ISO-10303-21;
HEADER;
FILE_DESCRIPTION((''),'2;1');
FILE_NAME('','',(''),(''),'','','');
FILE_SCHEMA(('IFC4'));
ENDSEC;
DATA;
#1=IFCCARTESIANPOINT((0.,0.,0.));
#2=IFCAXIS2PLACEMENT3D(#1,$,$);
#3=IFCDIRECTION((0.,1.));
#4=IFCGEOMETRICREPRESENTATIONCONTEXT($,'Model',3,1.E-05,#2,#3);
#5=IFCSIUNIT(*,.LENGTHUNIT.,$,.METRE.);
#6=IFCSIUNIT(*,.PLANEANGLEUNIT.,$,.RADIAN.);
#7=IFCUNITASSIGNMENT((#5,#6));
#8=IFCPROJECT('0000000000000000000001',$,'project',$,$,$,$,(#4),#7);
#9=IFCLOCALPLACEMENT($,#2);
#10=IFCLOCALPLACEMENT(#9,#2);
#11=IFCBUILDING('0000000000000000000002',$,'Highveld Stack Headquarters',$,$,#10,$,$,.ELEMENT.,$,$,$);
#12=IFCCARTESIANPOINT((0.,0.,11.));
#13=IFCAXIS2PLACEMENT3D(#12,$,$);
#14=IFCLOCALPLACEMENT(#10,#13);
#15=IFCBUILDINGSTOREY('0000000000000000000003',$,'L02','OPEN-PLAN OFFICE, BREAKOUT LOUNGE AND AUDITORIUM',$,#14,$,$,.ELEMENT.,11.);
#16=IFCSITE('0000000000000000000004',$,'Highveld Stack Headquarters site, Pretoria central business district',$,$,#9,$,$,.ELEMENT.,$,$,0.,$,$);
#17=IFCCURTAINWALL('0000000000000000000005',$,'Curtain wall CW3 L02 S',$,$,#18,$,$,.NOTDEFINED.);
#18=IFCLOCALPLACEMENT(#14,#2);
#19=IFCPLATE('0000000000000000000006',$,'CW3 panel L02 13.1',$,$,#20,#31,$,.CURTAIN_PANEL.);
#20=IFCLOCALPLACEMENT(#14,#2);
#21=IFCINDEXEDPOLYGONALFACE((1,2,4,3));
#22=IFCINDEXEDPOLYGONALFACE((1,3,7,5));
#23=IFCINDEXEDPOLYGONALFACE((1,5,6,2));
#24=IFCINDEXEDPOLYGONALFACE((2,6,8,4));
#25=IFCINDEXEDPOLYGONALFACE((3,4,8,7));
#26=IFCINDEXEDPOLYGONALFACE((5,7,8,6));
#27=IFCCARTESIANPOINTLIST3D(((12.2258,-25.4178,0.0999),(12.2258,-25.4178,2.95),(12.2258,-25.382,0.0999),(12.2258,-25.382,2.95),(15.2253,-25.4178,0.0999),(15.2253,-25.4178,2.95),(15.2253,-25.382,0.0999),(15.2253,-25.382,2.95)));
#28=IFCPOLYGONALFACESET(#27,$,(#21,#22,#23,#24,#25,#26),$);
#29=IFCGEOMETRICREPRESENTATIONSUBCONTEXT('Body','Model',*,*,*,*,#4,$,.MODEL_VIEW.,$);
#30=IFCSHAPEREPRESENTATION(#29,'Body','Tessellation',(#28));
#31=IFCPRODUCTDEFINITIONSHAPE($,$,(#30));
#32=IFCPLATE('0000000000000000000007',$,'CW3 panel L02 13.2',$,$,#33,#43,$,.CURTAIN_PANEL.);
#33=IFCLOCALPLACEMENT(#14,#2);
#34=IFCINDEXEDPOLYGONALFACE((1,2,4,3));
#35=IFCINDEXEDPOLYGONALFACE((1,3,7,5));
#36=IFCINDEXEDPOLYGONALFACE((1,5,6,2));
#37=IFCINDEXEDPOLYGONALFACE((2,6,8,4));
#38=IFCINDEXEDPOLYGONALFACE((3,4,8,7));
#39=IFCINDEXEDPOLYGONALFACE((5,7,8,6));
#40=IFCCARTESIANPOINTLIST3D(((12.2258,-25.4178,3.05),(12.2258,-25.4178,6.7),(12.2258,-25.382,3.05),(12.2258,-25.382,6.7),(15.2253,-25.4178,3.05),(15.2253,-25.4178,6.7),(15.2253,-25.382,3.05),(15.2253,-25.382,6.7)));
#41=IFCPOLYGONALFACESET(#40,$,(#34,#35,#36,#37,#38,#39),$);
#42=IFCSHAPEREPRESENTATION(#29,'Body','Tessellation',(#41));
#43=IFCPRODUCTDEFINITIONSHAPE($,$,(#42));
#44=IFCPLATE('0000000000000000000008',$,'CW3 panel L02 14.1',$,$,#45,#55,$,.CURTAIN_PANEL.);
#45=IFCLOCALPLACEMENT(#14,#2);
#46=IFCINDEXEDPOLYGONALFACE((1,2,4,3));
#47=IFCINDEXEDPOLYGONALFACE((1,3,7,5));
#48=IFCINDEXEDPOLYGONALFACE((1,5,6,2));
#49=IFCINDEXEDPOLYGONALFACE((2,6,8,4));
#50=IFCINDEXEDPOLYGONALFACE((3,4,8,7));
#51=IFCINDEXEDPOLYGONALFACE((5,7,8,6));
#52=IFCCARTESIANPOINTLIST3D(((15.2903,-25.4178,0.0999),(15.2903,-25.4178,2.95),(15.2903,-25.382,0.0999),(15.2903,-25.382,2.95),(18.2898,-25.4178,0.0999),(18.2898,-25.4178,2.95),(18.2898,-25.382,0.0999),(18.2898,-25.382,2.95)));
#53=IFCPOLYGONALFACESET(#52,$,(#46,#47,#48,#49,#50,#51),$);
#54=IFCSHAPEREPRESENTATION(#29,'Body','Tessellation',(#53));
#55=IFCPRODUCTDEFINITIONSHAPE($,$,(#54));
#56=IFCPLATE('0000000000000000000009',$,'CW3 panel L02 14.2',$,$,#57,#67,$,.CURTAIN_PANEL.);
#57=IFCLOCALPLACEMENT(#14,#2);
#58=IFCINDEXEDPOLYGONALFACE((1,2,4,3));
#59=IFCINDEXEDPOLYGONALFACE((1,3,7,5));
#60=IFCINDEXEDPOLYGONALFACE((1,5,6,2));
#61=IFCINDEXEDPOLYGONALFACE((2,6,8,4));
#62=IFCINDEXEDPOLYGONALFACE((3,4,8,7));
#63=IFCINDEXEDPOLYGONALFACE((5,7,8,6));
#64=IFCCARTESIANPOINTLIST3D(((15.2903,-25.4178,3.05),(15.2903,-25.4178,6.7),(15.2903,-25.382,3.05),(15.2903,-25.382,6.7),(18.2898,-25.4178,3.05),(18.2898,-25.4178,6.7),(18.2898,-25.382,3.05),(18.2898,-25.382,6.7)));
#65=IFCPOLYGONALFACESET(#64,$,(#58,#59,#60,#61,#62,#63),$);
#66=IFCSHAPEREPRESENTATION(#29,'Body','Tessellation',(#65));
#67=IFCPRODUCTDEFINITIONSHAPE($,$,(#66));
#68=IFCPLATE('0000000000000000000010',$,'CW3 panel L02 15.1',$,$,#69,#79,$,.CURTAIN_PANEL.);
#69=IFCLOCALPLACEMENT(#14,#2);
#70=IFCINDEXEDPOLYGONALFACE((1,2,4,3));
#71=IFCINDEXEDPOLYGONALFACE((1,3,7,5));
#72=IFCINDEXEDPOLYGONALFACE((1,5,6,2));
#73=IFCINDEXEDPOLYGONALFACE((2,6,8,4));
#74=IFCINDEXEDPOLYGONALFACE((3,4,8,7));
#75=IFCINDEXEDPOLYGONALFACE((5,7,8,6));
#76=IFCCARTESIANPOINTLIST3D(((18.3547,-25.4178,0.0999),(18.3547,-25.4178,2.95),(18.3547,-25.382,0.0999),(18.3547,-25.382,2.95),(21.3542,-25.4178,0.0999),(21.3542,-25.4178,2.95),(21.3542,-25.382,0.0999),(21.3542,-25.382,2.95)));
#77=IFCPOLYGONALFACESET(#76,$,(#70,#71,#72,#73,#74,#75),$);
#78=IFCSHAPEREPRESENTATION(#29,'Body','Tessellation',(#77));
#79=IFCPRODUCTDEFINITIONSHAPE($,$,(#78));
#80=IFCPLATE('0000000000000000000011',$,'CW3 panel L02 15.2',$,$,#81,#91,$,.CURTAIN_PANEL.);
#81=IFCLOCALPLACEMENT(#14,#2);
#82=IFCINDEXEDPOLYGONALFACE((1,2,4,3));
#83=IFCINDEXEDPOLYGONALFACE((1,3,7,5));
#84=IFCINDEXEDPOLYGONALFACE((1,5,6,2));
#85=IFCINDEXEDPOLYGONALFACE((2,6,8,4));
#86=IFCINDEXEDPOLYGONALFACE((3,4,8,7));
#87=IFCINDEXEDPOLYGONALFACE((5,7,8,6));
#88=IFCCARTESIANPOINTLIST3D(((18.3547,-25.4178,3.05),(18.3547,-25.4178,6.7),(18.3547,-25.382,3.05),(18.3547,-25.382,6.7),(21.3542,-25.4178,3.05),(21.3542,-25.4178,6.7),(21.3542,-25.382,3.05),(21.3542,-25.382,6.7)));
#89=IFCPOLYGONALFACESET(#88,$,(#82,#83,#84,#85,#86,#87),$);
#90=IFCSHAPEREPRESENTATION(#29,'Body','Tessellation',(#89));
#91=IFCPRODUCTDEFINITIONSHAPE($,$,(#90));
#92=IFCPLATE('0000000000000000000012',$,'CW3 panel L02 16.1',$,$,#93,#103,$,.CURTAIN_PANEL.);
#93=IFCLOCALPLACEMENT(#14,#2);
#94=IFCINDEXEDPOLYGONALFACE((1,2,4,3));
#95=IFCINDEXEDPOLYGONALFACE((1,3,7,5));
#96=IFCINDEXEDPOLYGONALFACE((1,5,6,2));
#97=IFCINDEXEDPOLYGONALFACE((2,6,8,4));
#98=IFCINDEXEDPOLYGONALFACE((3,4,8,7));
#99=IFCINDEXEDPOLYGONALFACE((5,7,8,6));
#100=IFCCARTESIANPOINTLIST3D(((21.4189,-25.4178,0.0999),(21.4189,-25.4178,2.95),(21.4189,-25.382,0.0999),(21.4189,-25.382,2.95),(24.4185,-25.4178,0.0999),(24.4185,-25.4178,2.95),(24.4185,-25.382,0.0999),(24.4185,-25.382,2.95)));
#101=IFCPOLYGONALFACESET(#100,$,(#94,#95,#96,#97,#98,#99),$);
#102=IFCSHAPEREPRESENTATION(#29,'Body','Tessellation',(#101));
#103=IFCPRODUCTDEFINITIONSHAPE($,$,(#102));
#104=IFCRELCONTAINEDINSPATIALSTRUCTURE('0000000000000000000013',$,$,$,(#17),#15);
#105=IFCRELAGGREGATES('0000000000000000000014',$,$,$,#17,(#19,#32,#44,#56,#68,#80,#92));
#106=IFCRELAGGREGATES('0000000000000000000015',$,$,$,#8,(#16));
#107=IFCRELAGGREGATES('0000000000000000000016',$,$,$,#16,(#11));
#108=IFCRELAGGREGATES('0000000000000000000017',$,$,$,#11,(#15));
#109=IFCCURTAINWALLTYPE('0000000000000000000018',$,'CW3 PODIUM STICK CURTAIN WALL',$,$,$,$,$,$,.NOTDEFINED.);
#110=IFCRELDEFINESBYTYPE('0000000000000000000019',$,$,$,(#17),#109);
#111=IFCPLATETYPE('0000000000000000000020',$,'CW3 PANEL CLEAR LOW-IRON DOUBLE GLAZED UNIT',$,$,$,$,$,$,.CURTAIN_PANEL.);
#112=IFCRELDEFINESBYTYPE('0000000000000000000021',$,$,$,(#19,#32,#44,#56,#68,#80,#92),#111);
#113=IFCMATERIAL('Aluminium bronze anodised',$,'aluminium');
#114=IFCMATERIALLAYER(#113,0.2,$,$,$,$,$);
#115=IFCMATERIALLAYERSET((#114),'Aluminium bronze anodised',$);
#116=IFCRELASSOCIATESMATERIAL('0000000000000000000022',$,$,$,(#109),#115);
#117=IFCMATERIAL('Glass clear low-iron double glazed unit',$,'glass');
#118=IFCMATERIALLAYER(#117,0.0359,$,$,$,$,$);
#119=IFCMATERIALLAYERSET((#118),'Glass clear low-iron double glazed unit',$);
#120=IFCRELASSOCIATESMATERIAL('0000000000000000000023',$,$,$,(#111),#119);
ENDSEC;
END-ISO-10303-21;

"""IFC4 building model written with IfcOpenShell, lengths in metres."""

from ifc_helpers import new_model, si_unit, direction, frame, origin, origin_2d, place, context, subcontext, project, spatial, rectangle, extrude, material, layer, layer_set, type_object, element, aggregate, save


model = new_model("IFC4")

# Units and contexts
model_context = context("Model", 3, precision=1e-05, world=origin(), true_north=direction((0.0, 1.0)))
body_context = subcontext(model_context, "Body", "Model", "MODEL_VIEW")
ifc_project = project(units=[si_unit("LENGTHUNIT", "METRE"), si_unit("PLANEANGLEUNIT", "RADIAN")], contexts=[model_context])

# Site, building, storey
site_placement = place(None, origin())
site = spatial("IfcSite", under=ifc_project, at=site_placement, Name="Highveld Stack Headquarters site, Pretoria central business district", CompositionType="ELEMENT", RefElevation=0.0)
building_placement = place(site_placement, origin())
building = spatial("IfcBuilding", under=site, at=building_placement, Name="Highveld Stack Headquarters", CompositionType="ELEMENT")
storey_placement = place(building_placement, frame((0.0, 0.0, 11.0)))
storey = spatial("IfcBuildingStorey", under=building, at=storey_placement, Name="L02", Description="OPEN-PLAN OFFICE, BREAKOUT LOUNGE AND AUDITORIUM", CompositionType="ELEMENT", Elevation=11.0)

# Curtain wall, plates
ifc_material_1 = material(Name="Aluminium bronze anodised", Category="aluminium")
ifc_layer_1 = layer(ifc_material_1, 0.2)
ifc_layer_set_1 = layer_set([ifc_layer_1], Name="Aluminium bronze anodised")
curtain_wall_type = type_object("IfcCurtainWallType", Name="CW3 PODIUM STICK CURTAIN WALL", PredefinedType="NOTDEFINED", material=ifc_layer_set_1)
curtain_wall_placement = place(storey_placement, origin())
curtain_wall = element("IfcCurtainWall", 1, at=curtain_wall_placement, inside=storey, type_object=curtain_wall_type, Name="Curtain wall CW3 L02 S", PredefinedType="NOTDEFINED")
ifc_material_2 = material(Name="Glass clear low-iron double glazed unit", Category="glass")
ifc_layer_2 = layer(ifc_material_2, 0.0359)
ifc_layer_set_2 = layer_set([ifc_layer_2], Name="Glass clear low-iron double glazed unit")
plate_type = type_object("IfcPlateType", Name="CW3 PANEL CLEAR LOW-IRON DOUBLE GLAZED UNIT", PredefinedType="CURTAIN_PANEL", material=ifc_layer_set_2)
plate_1_placement = place(storey_placement, frame((13.7256, -25.3999, 0.0999), z_axis=(0.0, 0.0, 1.0), x_axis=(1.0, 0.0, 0.0)))
plate_1 = element("IfcPlate", 2, at=plate_1_placement, type_object=plate_type, Name="CW3 panel L02 13.1", PredefinedType="CURTAIN_PANEL", context=body_context, shape_type="SweptSolid", body=[
    extrude(rectangle(XDim=2.9995, YDim=0.0359, at=origin_2d()), origin(), (0.0, 0.0, 1.0), 2.8501),
])
plate_2_placement = place(storey_placement, frame((13.7256, -25.3999, 3.05), z_axis=(0.0, 0.0, 1.0), x_axis=(1.0, 0.0, 0.0)))
plate_2 = element("IfcPlate", 3, at=plate_2_placement, type_object=plate_type, Name="CW3 panel L02 13.2", PredefinedType="CURTAIN_PANEL", context=body_context, shape_type="SweptSolid", body=[
    extrude(rectangle(XDim=2.9995, YDim=0.0359, at=origin_2d()), origin(), (0.0, 0.0, 1.0), 3.6499),
])
plate_3_placement = place(storey_placement, frame((16.79, -25.3999, 0.0999), z_axis=(0.0, 0.0, 1.0), x_axis=(1.0, 0.0, 0.0)))
plate_3 = element("IfcPlate", 4, at=plate_3_placement, type_object=plate_type, Name="CW3 panel L02 14.1", PredefinedType="CURTAIN_PANEL", context=body_context, shape_type="SweptSolid", body=[
    extrude(rectangle(XDim=2.9995, YDim=0.0359, at=origin_2d()), origin(), (0.0, 0.0, 1.0), 2.8501),
])
plate_4_placement = place(storey_placement, frame((16.79, -25.3999, 3.05), z_axis=(0.0, 0.0, 1.0), x_axis=(1.0, 0.0, 0.0)))
plate_4 = element("IfcPlate", 5, at=plate_4_placement, type_object=plate_type, Name="CW3 panel L02 14.2", PredefinedType="CURTAIN_PANEL", context=body_context, shape_type="SweptSolid", body=[
    extrude(rectangle(XDim=2.9995, YDim=0.0359, at=origin_2d()), origin(), (0.0, 0.0, 1.0), 3.6499),
])
plate_5_placement = place(storey_placement, frame((19.8545, -25.3999, 0.0999), z_axis=(0.0, 0.0, 1.0), x_axis=(1.0, 0.0, 0.0)))
plate_5 = element("IfcPlate", 6, at=plate_5_placement, type_object=plate_type, Name="CW3 panel L02 15.1", PredefinedType="CURTAIN_PANEL", context=body_context, shape_type="SweptSolid", body=[
    extrude(rectangle(XDim=2.9995, YDim=0.0359, at=origin_2d()), origin(), (0.0, 0.0, 1.0), 2.8501),
])
plate_6_placement = place(storey_placement, frame((19.8545, -25.3999, 3.05), z_axis=(0.0, 0.0, 1.0), x_axis=(1.0, 0.0, 0.0)))
plate_6 = element("IfcPlate", 7, at=plate_6_placement, type_object=plate_type, Name="CW3 panel L02 15.2", PredefinedType="CURTAIN_PANEL", context=body_context, shape_type="SweptSolid", body=[
    extrude(rectangle(XDim=2.9995, YDim=0.0359, at=origin_2d()), origin(), (0.0, 0.0, 1.0), 3.6499),
])
plate_7_placement = place(storey_placement, frame((22.9187, -25.3999, 0.0999), z_axis=(0.0, 0.0, 1.0), x_axis=(1.0, 0.0, 0.0)))
plate_7 = element("IfcPlate", 8, at=plate_7_placement, type_object=plate_type, Name="CW3 panel L02 16.1", PredefinedType="CURTAIN_PANEL", context=body_context, shape_type="SweptSolid", body=[
    extrude(rectangle(XDim=2.9995, YDim=0.0359, at=origin_2d()), origin(), (0.0, 0.0, 1.0), 2.8501),
])
aggregate(curtain_wall, [plate_1, plate_2, plate_3, plate_4, plate_5, plate_6, plate_7])

save(model, "model.ifc")
